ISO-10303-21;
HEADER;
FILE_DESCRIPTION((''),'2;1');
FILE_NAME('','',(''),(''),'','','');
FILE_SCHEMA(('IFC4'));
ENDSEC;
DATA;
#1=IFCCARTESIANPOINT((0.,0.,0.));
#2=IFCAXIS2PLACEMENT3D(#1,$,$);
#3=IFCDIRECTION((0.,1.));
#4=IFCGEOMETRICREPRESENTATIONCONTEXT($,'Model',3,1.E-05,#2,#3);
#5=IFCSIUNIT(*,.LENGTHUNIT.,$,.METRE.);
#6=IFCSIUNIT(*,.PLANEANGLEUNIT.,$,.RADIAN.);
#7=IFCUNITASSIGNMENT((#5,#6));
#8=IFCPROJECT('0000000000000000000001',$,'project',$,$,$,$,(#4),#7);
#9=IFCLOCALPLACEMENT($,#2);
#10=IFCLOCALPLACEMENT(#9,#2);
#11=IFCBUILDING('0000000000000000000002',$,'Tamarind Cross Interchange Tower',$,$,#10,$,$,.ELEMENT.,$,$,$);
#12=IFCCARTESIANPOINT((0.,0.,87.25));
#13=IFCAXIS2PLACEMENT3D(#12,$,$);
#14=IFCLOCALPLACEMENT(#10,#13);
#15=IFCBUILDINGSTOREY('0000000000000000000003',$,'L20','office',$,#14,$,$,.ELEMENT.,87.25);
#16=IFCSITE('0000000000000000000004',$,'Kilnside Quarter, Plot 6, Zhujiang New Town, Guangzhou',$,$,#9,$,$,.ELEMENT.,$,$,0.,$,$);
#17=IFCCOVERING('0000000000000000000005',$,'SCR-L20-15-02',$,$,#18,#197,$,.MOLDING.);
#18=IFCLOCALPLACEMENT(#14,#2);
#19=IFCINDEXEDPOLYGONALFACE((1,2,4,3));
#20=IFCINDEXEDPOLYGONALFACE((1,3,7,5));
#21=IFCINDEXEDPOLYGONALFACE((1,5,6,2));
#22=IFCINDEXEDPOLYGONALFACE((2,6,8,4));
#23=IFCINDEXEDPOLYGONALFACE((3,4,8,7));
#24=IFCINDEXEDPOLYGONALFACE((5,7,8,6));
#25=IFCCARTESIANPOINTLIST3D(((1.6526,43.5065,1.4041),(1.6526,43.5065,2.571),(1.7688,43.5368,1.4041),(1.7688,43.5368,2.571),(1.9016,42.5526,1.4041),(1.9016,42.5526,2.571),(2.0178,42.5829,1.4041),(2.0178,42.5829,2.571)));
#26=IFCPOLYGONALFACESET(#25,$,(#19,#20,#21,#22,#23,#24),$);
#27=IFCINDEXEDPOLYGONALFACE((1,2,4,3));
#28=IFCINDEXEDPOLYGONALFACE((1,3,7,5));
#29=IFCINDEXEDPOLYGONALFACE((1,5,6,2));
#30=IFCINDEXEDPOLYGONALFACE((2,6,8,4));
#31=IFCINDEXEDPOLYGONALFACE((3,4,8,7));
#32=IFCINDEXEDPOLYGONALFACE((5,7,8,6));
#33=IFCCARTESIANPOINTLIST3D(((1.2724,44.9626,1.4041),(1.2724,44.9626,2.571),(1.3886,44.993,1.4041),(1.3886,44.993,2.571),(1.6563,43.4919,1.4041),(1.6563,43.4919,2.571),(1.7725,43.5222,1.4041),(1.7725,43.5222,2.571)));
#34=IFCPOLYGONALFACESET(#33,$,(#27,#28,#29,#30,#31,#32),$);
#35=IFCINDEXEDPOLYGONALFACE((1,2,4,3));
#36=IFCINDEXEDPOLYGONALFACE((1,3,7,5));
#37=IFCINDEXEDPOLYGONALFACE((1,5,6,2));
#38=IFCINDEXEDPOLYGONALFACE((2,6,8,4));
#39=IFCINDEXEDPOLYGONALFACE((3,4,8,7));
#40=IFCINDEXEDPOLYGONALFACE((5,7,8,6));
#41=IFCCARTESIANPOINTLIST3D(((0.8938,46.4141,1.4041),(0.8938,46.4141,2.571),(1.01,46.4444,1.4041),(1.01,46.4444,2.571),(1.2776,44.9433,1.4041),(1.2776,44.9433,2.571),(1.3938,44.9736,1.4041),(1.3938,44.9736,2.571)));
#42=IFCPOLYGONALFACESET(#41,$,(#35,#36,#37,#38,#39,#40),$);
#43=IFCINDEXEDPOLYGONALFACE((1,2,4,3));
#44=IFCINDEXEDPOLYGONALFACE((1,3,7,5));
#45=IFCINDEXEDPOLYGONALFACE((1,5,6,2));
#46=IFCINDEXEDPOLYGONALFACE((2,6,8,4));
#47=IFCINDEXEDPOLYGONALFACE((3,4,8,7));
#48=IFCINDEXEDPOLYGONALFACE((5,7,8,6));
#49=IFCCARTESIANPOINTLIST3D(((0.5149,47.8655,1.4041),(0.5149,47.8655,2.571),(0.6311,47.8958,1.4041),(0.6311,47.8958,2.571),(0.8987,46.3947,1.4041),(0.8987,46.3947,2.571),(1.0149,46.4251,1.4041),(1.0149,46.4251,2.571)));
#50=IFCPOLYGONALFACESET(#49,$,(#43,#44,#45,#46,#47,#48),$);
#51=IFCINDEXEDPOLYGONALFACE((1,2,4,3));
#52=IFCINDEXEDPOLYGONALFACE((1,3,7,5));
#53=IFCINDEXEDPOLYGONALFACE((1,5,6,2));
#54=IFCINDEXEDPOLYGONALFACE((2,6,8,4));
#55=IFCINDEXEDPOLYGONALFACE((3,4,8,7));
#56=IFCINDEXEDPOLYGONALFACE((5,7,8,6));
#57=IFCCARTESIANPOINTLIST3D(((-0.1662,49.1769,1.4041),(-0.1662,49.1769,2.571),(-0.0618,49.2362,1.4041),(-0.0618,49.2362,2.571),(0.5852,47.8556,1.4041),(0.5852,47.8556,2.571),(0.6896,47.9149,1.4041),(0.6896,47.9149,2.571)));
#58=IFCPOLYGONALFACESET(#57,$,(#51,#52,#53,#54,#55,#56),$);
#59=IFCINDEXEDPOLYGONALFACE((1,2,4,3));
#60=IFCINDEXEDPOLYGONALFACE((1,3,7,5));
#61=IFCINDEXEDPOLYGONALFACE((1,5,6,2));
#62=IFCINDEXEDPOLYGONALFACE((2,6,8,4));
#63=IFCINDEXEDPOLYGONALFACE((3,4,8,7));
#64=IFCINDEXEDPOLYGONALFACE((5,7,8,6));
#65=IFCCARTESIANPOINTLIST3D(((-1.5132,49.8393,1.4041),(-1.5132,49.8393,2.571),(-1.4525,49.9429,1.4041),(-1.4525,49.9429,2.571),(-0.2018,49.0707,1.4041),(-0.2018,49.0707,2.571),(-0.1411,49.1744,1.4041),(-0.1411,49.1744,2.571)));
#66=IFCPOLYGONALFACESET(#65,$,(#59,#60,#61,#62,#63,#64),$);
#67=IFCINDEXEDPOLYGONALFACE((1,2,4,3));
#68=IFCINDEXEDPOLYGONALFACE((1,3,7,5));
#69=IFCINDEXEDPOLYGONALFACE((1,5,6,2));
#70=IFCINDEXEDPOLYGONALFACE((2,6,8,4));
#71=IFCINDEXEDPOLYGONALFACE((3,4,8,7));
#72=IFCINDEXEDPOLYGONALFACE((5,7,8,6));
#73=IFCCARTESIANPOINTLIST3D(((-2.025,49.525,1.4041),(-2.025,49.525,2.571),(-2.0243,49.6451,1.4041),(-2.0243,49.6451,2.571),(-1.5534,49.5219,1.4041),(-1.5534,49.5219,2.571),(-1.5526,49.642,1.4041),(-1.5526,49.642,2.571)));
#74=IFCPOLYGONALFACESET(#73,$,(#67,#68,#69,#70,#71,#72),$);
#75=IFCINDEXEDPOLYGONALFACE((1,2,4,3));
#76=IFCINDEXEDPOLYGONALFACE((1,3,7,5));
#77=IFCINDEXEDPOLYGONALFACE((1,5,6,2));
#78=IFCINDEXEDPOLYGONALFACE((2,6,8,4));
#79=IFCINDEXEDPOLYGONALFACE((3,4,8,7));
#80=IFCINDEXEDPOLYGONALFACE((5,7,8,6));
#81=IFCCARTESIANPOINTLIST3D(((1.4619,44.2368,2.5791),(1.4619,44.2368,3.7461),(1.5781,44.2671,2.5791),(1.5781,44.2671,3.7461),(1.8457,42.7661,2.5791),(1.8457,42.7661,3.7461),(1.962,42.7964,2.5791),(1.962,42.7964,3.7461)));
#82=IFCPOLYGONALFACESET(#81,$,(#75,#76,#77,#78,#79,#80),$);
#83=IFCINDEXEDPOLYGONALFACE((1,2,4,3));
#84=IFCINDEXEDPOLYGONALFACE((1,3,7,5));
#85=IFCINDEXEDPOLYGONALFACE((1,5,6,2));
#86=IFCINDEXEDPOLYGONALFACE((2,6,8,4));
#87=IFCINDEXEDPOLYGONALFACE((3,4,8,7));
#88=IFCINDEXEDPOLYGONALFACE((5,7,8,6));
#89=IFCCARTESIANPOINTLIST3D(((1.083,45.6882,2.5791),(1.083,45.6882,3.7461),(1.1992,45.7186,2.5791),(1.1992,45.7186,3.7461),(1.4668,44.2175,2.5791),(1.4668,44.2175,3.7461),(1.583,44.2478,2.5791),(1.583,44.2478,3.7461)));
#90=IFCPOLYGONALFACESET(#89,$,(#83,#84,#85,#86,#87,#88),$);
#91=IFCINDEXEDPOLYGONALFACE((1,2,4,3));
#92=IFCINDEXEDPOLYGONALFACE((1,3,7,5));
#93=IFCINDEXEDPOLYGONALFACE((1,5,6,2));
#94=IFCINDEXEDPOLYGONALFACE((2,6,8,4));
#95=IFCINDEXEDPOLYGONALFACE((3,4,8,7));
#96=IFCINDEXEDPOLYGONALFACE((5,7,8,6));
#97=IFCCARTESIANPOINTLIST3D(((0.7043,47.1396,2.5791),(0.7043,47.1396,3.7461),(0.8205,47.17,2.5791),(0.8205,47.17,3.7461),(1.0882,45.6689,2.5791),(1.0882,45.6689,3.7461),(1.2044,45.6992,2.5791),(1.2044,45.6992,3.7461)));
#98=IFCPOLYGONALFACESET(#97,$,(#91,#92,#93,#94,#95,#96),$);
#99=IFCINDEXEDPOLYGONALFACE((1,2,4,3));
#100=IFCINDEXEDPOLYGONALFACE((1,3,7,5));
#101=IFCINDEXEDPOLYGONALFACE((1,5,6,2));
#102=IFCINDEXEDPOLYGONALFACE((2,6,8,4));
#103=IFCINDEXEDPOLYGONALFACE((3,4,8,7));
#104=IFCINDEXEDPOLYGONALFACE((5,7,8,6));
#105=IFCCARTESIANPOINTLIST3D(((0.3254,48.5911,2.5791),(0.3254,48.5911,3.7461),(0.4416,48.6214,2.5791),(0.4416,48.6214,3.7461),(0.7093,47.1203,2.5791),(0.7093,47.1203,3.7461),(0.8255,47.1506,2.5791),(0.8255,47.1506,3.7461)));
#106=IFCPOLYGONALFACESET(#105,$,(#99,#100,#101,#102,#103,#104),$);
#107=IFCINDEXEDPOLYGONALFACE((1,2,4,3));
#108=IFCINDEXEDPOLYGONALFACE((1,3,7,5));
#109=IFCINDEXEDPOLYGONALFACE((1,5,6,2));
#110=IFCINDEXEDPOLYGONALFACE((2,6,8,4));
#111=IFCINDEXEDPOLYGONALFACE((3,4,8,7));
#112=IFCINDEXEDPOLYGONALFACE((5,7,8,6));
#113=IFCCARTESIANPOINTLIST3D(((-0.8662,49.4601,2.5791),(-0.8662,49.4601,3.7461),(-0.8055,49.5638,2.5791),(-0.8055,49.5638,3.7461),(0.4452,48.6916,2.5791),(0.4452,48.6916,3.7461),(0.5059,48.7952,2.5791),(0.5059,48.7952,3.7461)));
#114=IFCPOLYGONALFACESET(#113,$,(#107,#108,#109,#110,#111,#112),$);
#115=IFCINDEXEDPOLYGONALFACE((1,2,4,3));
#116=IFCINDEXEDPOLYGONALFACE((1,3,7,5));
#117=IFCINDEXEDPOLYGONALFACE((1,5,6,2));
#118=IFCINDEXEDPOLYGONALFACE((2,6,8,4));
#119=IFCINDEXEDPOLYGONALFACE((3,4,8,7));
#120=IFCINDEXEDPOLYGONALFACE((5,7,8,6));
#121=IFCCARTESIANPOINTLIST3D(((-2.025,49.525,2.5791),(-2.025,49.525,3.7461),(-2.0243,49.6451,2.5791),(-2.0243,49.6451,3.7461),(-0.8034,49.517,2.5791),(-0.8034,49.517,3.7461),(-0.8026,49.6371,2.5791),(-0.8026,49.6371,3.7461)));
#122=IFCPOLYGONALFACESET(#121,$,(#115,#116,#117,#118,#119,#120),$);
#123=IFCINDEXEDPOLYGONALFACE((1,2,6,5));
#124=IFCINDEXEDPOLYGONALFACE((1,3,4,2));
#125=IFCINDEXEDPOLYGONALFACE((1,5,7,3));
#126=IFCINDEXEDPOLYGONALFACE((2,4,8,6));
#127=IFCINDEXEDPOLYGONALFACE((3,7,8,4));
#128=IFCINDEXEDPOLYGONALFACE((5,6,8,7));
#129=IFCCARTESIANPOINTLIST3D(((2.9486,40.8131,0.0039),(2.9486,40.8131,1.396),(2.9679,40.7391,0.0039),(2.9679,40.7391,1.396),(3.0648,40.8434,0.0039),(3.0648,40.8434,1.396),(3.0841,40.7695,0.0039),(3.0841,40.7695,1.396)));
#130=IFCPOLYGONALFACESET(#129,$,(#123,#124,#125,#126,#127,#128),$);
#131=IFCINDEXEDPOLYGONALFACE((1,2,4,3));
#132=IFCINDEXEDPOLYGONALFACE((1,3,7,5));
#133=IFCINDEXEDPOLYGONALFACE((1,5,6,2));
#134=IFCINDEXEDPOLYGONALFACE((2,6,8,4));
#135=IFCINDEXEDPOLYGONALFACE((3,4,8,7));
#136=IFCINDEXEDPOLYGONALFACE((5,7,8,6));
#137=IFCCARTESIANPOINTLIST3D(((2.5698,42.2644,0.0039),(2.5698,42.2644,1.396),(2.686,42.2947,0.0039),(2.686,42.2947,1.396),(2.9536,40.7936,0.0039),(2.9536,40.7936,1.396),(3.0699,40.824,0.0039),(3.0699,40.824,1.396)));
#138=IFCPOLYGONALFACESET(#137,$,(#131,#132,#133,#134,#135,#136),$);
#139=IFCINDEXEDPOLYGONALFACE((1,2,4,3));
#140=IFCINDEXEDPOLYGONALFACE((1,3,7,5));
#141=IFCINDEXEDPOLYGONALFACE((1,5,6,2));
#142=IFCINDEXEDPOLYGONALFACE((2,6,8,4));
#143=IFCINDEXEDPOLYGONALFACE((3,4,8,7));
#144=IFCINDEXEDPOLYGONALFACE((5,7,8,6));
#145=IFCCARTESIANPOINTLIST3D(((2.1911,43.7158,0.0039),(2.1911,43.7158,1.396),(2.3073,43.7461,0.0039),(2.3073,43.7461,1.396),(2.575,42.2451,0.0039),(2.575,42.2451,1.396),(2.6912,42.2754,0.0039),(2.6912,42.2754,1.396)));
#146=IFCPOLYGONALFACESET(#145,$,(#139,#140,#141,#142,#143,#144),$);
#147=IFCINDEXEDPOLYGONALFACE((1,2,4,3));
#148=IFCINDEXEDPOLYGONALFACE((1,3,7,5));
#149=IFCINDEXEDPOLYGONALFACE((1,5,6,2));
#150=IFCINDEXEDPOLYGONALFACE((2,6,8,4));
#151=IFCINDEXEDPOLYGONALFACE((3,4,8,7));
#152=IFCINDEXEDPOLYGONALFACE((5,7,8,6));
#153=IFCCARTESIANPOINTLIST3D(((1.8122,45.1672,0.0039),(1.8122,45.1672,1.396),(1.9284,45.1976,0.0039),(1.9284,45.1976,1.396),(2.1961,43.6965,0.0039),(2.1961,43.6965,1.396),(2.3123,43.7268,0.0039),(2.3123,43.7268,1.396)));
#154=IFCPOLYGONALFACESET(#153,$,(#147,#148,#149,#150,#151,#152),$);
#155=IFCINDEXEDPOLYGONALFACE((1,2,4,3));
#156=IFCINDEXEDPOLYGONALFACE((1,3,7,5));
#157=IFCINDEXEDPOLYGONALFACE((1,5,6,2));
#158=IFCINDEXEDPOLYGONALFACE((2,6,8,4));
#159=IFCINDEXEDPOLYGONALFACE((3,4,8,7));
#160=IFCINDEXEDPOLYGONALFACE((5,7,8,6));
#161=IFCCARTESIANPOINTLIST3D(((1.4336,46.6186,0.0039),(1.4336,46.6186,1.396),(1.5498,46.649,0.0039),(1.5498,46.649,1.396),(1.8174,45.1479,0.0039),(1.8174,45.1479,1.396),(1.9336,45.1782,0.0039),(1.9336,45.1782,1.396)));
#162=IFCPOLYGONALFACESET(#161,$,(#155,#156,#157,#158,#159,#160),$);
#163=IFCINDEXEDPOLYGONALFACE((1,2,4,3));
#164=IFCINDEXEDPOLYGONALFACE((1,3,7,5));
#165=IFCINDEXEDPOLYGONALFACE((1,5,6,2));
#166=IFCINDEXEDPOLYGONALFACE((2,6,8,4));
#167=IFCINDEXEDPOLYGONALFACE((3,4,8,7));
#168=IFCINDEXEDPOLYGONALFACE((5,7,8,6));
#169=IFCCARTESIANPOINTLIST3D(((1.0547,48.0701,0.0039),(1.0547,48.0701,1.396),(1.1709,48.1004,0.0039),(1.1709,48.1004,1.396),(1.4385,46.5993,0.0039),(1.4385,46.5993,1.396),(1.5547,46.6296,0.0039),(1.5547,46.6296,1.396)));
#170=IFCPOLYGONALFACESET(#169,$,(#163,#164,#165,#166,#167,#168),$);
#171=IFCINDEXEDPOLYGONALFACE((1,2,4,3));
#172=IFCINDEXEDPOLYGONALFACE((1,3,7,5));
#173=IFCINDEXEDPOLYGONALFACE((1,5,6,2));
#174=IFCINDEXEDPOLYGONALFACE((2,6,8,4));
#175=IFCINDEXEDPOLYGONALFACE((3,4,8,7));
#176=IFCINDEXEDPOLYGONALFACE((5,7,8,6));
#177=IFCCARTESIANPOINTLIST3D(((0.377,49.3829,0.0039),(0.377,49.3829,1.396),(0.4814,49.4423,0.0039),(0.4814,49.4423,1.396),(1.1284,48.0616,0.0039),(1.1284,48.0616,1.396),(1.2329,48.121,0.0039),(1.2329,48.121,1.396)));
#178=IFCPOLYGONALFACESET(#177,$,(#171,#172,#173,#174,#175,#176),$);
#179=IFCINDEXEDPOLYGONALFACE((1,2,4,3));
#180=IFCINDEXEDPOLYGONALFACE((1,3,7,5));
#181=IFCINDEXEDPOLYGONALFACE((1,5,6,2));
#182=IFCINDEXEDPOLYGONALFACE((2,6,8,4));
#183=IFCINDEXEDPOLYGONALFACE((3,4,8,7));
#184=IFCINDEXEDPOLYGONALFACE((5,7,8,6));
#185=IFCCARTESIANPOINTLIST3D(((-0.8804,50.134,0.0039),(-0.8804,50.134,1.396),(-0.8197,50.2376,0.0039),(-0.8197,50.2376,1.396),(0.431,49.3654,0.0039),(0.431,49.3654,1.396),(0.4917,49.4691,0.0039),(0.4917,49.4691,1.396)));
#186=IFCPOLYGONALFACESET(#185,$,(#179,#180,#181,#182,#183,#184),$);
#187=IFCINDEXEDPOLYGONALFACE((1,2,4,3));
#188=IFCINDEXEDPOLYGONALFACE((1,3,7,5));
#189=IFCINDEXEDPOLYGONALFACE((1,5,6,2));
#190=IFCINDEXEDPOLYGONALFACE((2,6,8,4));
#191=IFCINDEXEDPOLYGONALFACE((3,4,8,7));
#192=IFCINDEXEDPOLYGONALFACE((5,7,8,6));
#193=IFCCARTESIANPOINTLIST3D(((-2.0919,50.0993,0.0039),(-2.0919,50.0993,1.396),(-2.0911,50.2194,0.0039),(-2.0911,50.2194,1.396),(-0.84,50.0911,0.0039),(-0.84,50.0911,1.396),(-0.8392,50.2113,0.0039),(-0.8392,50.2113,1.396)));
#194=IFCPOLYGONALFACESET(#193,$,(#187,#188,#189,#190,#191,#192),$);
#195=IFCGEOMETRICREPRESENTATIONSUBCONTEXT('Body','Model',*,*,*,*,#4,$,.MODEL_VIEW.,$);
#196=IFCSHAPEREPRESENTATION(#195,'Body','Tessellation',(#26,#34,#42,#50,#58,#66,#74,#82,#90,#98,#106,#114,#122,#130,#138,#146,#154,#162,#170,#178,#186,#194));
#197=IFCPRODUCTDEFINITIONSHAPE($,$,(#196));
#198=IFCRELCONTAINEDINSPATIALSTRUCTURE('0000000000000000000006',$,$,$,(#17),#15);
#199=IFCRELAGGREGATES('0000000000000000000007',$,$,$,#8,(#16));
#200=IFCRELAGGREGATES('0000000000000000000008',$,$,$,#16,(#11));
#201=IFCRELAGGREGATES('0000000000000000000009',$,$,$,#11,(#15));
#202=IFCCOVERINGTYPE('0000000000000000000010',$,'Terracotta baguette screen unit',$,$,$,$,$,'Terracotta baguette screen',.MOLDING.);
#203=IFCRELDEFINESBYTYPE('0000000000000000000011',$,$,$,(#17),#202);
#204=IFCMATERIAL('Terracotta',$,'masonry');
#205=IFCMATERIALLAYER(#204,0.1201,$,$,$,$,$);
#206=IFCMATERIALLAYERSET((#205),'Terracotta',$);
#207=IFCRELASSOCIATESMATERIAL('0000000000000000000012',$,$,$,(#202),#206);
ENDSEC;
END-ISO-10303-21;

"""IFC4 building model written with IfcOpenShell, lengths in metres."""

from ifc_helpers import new_model, si_unit, direction, frame, origin, origin_2d, place, context, subcontext, project, spatial, rectangle, extrude, material, layer, layer_set, type_object, element, save


model = new_model("IFC4")

# Units and contexts
model_context = context("Model", 3, precision=1e-05, world=origin(), true_north=direction((0.0, 1.0)))
body_context = subcontext(model_context, "Body", "Model", "MODEL_VIEW")
ifc_project = project(units=[si_unit("LENGTHUNIT", "METRE"), si_unit("PLANEANGLEUNIT", "RADIAN")], contexts=[model_context])

# Site, building, storey
site_placement = place(None, origin())
site = spatial("IfcSite", under=ifc_project, at=site_placement, Name="Kilnside Quarter, Plot 6, Zhujiang New Town, Guangzhou", CompositionType="ELEMENT", RefElevation=0.0)
building_placement = place(site_placement, origin())
building = spatial("IfcBuilding", under=site, at=building_placement, Name="Tamarind Cross Interchange Tower", CompositionType="ELEMENT")
storey_placement = place(building_placement, frame((0.0, 0.0, 87.25)))
storey = spatial("IfcBuildingStorey", under=building, at=storey_placement, Name="L20", Description="office", CompositionType="ELEMENT", Elevation=87.25)

# Covering
ifc_material_1 = material(Name="Terracotta", Category="masonry")
ifc_layer_1 = layer(ifc_material_1, 0.1201)
ifc_layer_set_1 = layer_set([ifc_layer_1], Name="Terracotta")
covering_type = type_object("IfcCoveringType", Name="Terracotta baguette screen unit", ElementType="Terracotta baguette screen", PredefinedType="MOLDING", material=ifc_layer_set_1)
covering_1_placement = place(storey_placement, origin())
element("IfcCovering", 1, at=covering_1_placement, inside=storey, type_object=covering_type, Name="SCR-L20-15-02", PredefinedType="MOLDING", context=body_context, shape_type="SweptSolid", body=[
    extrude(rectangle(XDim=0.9858, YDim=0.1201, at=origin_2d()), frame((1.8352, 43.0447, 1.4041), z_axis=(0.0, 0.0, 1.0), x_axis=(-0.252529, 0.967589, 0.0)), (0.0, 0.0, 1.0), 1.167),
    extrude(rectangle(XDim=1.52, YDim=0.1201, at=origin_2d()), frame((1.5225, 44.2424, 1.4041), z_axis=(0.0, 0.0, 1.0), x_axis=(-0.252529, 0.967589, 0.0)), (0.0, 0.0, 1.0), 1.167),
    extrude(rectangle(XDim=1.52, YDim=0.1201, at=origin_2d()), frame((1.1438, 45.6938, 1.4041), z_axis=(0.0, 0.0, 1.0), x_axis=(-0.252529, 0.967589, 0.0)), (0.0, 0.0, 1.0), 1.167),
    extrude(rectangle(XDim=1.52, YDim=0.1201, at=origin_2d()), frame((0.7649, 47.1453, 1.4041), z_axis=(0.0, 0.0, 1.0), x_axis=(-0.252529, 0.967589, 0.0)), (0.0, 0.0, 1.0), 1.167),
    extrude(rectangle(XDim=1.52, YDim=0.1201, at=origin_2d()), frame((0.2617, 48.5459, 1.4041), z_axis=(0.0, 0.0, 1.0), x_axis=(-0.494355, 0.86926, 0.0)), (0.0, 0.0, 1.0), 1.167),
    extrude(rectangle(XDim=1.52, YDim=0.1201, at=origin_2d()), frame((-0.8271, 49.5068, 1.4041), z_axis=(0.0, 0.0, 1.0), x_axis=(-0.862754, 0.505624, 0.0)), (0.0, 0.0, 1.0), 1.167),
    extrude(rectangle(XDim=0.4717, YDim=0.1201, at=origin_2d()), frame((-1.7888, 49.5835, 1.4041), z_axis=(0.0, 0.0, 1.0), x_axis=(-0.999979, 0.006507, 0.0)), (0.0, 0.0, 1.0), 1.167),
    extrude(rectangle(XDim=1.52, YDim=0.1201, at=origin_2d()), frame((1.7119, 43.5166, 2.5791), z_axis=(0.0, 0.0, 1.0), x_axis=(-0.252529, 0.967589, 0.0)), (0.0, 0.0, 1.0), 1.167),
    extrude(rectangle(XDim=1.52, YDim=0.1201, at=origin_2d()), frame((1.333, 44.968, 2.5791), z_axis=(0.0, 0.0, 1.0), x_axis=(-0.252529, 0.967589, 0.0)), (0.0, 0.0, 1.0), 1.167),
    extrude(rectangle(XDim=1.52, YDim=0.1201, at=origin_2d()), frame((0.9543, 46.4194, 2.5791), z_axis=(0.0, 0.0, 1.0), x_axis=(-0.252529, 0.967589, 0.0)), (0.0, 0.0, 1.0), 1.167),
    extrude(rectangle(XDim=1.52, YDim=0.1201, at=origin_2d()), frame((0.5754, 47.8708, 2.5791), z_axis=(0.0, 0.0, 1.0), x_axis=(-0.252529, 0.967589, 0.0)), (0.0, 0.0, 1.0), 1.167),
    extrude(rectangle(XDim=1.52, YDim=0.1201, at=origin_2d()), frame((-0.1802, 49.1277, 2.5791), z_axis=(0.0, 0.0, 1.0), x_axis=(-0.862754, 0.505624, 0.0)), (0.0, 0.0, 1.0), 1.167),
    extrude(rectangle(XDim=1.2217, YDim=0.1201, at=origin_2d()), frame((-1.4138, 49.5811, 2.5791), z_axis=(0.0, 0.0, 1.0), x_axis=(-0.999979, 0.006507, 0.0)), (0.0, 0.0, 1.0), 1.167),
    extrude(rectangle(XDim=0.0764, YDim=0.1201, at=origin_2d()), frame((3.0164, 40.7913, 0.0039), z_axis=(0.0, 0.0, 1.0), x_axis=(-0.252529, 0.967589, 0.0)), (0.0, 0.0, 1.0), 1.3921),
    extrude(rectangle(XDim=1.52, YDim=0.1201, at=origin_2d()), frame((2.8198, 41.5442, 0.0039), z_axis=(0.0, 0.0, 1.0), x_axis=(-0.252529, 0.967589, 0.0)), (0.0, 0.0, 1.0), 1.3921),
    extrude(rectangle(XDim=1.52, YDim=0.1201, at=origin_2d()), frame((2.4412, 42.9956, 0.0039), z_axis=(0.0, 0.0, 1.0), x_axis=(-0.252529, 0.967589, 0.0)), (0.0, 0.0, 1.0), 1.3921),
    extrude(rectangle(XDim=1.52, YDim=0.1201, at=origin_2d()), frame((2.0623, 44.447, 0.0039), z_axis=(0.0, 0.0, 1.0), x_axis=(-0.252529, 0.967589, 0.0)), (0.0, 0.0, 1.0), 1.3921),
    extrude(rectangle(XDim=1.52, YDim=0.1201, at=origin_2d()), frame((1.6836, 45.8984, 0.0039), z_axis=(0.0, 0.0, 1.0), x_axis=(-0.252529, 0.967589, 0.0)), (0.0, 0.0, 1.0), 1.3921),
    extrude(rectangle(XDim=1.52, YDim=0.1201, at=origin_2d()), frame((1.3047, 47.3499, 0.0039), z_axis=(0.0, 0.0, 1.0), x_axis=(-0.252529, 0.967589, 0.0)), (0.0, 0.0, 1.0), 1.3921),
    extrude(rectangle(XDim=1.52, YDim=0.1201, at=origin_2d()), frame((0.8049, 48.752, 0.0039), z_axis=(0.0, 0.0, 1.0), x_axis=(-0.494355, 0.86926, 0.0)), (0.0, 0.0, 1.0), 1.3921),
    extrude(rectangle(XDim=1.52, YDim=0.1201, at=origin_2d()), frame((-0.1943, 49.8015, 0.0039), z_axis=(0.0, 0.0, 1.0), x_axis=(-0.862754, 0.505624, 0.0)), (0.0, 0.0, 1.0), 1.3921),
    extrude(rectangle(XDim=1.252, YDim=0.1201, at=origin_2d()), frame((-1.4656, 50.1553, 0.0039), z_axis=(0.0, 0.0, 1.0), x_axis=(-0.999979, 0.006507, 0.0)), (0.0, 0.0, 1.0), 1.3921),
])

save(model, "model.ifc")
